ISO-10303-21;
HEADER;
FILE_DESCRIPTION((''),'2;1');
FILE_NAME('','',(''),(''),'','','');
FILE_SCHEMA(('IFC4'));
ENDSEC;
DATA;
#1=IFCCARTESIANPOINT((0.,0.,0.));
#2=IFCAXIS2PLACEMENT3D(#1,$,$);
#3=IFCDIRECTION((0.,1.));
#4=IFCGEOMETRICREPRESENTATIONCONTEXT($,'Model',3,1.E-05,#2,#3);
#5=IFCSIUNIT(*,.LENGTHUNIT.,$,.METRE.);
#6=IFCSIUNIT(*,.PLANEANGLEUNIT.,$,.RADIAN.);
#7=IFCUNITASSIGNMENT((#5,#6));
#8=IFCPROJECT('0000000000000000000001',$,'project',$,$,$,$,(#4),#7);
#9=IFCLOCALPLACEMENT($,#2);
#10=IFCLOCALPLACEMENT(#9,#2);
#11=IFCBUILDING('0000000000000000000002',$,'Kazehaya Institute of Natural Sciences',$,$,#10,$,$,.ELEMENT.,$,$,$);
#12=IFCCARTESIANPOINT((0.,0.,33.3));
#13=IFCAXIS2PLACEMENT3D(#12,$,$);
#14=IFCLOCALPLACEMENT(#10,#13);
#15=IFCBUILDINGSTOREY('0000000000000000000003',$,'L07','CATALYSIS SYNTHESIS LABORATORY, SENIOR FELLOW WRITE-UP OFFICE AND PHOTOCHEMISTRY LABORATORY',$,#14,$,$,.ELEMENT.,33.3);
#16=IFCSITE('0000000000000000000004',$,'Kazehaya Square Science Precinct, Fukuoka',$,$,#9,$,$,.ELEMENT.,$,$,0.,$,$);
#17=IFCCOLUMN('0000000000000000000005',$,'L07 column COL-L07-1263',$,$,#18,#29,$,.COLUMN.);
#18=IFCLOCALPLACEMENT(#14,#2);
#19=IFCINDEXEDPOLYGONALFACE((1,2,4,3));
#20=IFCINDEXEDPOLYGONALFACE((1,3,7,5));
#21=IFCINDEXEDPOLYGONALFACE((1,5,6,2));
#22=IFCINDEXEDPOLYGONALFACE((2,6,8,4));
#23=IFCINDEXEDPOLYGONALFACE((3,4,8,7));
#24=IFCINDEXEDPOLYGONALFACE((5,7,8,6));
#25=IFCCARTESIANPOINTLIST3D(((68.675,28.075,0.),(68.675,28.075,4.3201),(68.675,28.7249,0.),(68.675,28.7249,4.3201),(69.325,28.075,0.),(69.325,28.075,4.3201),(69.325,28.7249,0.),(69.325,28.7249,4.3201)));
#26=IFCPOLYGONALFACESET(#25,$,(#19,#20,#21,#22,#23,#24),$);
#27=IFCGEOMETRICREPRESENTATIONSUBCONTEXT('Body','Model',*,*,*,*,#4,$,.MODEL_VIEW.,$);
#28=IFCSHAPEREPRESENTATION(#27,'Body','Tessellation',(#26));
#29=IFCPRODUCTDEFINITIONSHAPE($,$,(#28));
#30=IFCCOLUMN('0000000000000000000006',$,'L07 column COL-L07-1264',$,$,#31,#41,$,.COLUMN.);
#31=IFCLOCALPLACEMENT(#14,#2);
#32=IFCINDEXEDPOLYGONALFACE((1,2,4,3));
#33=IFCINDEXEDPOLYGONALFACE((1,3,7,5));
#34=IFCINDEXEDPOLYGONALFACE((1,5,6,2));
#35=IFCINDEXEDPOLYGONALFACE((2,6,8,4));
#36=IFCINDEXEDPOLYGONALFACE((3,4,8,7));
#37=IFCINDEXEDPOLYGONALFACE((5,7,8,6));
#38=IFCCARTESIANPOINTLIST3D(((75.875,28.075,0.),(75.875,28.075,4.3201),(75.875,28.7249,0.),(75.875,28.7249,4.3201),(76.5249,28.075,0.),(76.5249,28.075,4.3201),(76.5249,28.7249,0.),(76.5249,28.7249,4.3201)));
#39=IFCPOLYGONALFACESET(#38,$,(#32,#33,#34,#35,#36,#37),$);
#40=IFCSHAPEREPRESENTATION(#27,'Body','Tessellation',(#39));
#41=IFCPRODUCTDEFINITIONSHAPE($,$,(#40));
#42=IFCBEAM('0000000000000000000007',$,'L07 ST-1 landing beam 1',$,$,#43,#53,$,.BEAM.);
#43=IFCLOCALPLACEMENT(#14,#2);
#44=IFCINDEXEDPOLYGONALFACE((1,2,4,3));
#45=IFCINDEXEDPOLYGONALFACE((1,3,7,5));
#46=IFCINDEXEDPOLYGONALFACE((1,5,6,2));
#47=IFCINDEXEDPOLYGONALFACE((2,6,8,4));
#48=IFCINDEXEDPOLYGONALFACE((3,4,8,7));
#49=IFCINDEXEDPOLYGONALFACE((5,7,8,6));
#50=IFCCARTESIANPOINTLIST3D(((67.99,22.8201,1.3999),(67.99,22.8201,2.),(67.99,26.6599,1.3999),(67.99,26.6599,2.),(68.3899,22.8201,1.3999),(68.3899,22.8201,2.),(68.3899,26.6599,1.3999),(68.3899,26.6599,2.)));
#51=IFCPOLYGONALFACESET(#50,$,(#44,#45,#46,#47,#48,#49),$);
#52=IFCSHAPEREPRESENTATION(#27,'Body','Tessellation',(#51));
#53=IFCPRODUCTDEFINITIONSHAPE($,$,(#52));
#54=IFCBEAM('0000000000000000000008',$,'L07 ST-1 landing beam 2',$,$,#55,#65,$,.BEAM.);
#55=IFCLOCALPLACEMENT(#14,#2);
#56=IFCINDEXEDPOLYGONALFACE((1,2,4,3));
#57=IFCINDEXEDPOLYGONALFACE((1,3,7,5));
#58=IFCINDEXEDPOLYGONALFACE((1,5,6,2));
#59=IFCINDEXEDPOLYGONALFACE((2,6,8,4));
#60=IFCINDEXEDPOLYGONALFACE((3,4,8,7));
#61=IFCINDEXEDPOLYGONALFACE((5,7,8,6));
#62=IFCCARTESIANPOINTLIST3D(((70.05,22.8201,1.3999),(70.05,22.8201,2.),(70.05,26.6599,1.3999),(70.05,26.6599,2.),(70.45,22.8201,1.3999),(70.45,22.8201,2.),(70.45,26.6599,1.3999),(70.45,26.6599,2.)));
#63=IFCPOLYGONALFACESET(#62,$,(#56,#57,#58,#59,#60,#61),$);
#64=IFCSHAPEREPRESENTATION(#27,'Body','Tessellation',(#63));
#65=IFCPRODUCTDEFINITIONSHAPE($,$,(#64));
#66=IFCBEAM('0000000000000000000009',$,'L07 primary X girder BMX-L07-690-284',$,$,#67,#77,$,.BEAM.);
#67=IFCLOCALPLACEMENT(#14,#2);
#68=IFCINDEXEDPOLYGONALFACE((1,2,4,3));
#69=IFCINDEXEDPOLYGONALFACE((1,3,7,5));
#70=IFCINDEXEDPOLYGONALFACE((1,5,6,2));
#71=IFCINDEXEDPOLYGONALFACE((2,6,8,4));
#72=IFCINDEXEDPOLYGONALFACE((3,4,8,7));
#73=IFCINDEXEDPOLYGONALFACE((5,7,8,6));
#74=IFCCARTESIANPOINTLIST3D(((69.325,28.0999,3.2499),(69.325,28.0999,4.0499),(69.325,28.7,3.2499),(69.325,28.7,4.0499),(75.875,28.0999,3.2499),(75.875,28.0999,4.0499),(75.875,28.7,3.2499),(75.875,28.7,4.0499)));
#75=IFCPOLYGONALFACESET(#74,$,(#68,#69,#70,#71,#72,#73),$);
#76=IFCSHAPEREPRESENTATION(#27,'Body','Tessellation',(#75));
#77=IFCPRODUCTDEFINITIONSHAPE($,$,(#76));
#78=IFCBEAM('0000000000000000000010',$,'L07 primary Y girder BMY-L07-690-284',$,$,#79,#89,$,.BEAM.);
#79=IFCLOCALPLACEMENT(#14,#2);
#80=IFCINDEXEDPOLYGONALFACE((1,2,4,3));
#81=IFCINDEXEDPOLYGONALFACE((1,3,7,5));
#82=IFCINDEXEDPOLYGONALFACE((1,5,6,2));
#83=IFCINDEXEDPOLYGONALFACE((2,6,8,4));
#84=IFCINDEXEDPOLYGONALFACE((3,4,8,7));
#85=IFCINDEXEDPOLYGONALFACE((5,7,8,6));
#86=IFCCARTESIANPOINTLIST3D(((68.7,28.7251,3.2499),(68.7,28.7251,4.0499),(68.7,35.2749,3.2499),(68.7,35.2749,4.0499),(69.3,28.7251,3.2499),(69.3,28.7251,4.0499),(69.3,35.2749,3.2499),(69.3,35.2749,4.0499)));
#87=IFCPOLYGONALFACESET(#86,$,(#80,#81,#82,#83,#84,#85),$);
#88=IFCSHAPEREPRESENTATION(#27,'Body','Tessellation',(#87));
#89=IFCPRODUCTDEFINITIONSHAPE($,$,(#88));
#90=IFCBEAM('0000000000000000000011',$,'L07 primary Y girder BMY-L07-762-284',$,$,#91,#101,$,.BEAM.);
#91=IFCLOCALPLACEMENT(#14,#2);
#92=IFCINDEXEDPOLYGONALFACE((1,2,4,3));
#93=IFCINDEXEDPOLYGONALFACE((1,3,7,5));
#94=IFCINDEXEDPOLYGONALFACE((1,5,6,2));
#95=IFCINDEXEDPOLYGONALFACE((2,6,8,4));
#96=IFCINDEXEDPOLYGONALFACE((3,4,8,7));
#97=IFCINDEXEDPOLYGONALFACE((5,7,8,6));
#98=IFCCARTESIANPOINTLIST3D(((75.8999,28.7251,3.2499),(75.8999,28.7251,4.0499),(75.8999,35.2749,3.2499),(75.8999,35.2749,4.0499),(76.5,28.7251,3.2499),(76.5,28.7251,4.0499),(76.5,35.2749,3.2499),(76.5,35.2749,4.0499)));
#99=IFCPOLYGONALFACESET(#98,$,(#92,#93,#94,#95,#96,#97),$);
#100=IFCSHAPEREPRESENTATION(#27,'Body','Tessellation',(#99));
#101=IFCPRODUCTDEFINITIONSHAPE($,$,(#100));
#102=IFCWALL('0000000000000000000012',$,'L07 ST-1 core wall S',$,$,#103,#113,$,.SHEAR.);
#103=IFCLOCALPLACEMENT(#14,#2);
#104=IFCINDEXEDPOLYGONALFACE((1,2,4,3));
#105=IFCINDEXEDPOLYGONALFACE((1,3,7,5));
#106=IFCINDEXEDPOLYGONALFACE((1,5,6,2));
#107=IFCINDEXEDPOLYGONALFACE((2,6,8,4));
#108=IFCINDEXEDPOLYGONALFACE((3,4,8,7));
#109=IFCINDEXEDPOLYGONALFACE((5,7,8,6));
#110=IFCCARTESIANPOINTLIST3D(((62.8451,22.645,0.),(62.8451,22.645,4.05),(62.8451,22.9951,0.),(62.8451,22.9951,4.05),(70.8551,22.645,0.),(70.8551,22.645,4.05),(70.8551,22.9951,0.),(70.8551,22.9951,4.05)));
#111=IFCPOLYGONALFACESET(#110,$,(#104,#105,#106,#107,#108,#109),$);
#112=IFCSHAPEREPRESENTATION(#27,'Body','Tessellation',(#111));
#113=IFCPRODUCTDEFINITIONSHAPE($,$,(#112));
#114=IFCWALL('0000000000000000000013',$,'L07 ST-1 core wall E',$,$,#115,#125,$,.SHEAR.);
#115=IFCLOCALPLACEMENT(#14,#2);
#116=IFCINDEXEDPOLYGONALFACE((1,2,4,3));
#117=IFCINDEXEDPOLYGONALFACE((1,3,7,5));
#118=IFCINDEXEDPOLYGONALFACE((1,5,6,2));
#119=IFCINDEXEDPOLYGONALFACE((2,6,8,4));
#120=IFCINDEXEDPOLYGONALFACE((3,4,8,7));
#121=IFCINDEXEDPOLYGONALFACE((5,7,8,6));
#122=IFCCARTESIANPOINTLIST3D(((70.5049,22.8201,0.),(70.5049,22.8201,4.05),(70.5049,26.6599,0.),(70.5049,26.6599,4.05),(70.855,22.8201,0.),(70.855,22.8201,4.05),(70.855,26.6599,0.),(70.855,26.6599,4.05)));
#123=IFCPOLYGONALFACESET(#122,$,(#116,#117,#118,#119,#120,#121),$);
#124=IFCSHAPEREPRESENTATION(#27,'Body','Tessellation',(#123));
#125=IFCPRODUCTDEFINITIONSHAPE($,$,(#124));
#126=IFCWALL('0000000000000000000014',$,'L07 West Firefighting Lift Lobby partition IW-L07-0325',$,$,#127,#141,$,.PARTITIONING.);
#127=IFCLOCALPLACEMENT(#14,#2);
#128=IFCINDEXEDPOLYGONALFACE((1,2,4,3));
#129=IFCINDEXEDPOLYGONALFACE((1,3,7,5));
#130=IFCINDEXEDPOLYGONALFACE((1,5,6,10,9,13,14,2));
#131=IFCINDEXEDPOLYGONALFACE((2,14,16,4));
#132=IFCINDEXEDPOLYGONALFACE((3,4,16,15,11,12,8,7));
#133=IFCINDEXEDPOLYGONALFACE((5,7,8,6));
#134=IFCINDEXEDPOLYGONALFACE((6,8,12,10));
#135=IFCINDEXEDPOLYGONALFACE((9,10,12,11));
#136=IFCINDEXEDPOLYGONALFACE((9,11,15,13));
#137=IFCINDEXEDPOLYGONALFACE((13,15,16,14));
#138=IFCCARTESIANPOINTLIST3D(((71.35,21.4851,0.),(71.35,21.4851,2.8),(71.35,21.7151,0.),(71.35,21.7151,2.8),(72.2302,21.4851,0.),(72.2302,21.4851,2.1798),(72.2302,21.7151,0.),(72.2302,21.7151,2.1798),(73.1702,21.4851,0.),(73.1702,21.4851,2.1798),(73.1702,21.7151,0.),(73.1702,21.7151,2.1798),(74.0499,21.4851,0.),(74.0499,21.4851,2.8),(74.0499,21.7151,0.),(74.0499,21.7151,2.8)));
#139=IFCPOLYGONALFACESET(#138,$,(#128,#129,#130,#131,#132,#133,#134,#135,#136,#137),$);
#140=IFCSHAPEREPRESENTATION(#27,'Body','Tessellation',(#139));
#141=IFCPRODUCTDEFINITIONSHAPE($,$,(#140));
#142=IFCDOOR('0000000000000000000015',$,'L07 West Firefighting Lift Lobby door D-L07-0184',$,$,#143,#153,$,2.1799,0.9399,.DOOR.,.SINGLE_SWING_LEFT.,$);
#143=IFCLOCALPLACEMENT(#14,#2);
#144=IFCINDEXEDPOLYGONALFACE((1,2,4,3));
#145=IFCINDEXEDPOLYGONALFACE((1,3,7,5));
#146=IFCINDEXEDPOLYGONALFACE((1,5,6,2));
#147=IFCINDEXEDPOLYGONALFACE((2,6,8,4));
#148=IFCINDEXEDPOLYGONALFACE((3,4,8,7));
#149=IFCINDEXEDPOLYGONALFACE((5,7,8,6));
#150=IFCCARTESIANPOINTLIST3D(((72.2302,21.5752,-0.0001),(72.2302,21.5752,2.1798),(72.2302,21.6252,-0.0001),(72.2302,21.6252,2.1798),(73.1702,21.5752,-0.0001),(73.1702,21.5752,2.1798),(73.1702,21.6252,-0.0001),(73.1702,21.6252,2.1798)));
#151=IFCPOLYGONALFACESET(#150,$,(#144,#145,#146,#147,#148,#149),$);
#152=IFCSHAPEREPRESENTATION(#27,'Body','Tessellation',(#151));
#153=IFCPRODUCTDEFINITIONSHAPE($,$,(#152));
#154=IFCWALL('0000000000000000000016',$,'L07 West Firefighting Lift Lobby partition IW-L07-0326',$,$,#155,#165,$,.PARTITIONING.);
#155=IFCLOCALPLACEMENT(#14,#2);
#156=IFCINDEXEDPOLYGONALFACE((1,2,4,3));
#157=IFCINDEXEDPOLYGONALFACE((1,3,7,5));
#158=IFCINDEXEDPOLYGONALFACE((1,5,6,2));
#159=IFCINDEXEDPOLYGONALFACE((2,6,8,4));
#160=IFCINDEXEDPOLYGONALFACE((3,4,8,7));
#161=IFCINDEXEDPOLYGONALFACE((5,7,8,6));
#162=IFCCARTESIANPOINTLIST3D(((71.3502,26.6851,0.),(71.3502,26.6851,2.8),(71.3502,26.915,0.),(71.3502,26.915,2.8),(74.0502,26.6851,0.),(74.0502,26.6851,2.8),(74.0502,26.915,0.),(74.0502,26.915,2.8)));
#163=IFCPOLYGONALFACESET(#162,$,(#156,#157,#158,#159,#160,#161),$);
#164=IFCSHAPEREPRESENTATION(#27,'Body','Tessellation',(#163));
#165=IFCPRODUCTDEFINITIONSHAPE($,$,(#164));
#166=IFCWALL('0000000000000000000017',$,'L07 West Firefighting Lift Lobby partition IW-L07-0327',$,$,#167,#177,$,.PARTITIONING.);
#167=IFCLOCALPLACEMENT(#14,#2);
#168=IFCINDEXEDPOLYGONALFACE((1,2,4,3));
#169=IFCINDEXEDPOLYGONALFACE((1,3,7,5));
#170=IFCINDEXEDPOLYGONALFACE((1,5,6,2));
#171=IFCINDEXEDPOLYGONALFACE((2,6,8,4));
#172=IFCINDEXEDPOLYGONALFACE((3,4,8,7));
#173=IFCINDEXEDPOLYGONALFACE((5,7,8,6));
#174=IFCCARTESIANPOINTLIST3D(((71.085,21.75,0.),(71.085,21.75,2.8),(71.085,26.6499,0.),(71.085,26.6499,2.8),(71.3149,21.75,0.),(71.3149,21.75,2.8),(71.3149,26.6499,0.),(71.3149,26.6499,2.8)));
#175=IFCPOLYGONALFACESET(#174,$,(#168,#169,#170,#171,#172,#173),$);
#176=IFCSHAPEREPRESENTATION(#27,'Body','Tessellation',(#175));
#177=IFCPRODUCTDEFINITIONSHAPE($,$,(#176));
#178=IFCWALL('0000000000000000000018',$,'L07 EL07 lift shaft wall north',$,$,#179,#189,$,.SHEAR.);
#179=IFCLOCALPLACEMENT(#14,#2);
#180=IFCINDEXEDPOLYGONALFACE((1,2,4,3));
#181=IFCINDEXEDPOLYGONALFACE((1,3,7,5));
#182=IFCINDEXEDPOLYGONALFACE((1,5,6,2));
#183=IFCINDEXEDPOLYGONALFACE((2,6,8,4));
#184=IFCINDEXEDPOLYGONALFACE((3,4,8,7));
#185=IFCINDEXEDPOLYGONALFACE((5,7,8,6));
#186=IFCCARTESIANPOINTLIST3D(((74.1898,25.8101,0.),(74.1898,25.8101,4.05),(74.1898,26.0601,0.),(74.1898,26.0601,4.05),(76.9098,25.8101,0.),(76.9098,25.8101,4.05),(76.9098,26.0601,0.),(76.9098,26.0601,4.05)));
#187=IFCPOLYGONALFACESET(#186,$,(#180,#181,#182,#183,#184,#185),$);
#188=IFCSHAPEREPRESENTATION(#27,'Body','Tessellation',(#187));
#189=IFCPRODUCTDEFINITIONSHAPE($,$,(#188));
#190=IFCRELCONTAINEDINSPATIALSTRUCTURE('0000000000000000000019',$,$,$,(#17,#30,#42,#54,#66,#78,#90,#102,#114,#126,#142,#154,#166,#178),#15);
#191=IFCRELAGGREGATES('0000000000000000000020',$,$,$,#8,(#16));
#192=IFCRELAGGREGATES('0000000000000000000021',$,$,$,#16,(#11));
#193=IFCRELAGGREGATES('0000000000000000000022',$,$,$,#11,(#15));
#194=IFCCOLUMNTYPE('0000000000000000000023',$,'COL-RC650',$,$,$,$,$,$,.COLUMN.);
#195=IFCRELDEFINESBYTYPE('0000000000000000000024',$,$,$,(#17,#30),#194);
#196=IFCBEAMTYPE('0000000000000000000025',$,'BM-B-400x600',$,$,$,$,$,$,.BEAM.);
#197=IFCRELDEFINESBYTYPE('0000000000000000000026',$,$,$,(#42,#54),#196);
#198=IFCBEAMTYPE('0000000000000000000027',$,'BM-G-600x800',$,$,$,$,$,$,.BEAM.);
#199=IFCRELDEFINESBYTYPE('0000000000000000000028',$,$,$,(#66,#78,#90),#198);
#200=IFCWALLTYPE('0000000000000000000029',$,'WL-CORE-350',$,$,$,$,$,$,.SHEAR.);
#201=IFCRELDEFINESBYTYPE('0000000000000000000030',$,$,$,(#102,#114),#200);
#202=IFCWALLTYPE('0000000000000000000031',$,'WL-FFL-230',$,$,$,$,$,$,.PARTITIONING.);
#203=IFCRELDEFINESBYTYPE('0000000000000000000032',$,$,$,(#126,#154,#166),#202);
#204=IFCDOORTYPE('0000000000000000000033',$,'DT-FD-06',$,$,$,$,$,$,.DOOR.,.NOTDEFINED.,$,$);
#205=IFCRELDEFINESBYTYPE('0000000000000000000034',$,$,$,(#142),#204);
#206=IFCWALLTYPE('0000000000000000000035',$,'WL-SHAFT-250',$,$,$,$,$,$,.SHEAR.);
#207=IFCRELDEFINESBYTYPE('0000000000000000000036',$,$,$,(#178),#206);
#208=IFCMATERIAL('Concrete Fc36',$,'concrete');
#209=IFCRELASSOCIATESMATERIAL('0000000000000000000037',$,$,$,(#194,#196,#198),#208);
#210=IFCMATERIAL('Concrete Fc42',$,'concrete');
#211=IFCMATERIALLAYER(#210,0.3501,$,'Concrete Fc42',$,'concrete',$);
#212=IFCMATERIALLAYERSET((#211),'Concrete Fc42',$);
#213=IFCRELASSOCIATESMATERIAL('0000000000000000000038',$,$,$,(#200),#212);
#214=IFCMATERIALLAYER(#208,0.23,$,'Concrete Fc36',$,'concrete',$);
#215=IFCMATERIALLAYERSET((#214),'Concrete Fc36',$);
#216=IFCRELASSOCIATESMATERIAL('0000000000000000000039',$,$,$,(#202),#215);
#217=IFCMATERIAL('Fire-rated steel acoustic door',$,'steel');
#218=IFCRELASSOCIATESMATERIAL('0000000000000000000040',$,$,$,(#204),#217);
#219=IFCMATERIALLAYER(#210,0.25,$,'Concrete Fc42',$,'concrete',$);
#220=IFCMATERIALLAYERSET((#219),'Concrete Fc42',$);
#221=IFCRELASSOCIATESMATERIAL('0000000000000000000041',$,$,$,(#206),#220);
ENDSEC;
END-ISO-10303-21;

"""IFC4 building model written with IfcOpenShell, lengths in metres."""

from ifc_helpers import new_model, si_unit, direction, frame, frame_2d, origin, origin_2d, place, context, subcontext, project, spatial, rectangle, extrude, material, layer, layer_set, material_profile, profile_set, type_object, element, fill, save


model = new_model("IFC4")

# Units and contexts
model_context = context("Model", 3, precision=1e-05, world=origin(), true_north=direction((0.0, 1.0)))
body_context = subcontext(model_context, "Body", "Model", "MODEL_VIEW")
ifc_project = project(units=[si_unit("LENGTHUNIT", "METRE"), si_unit("PLANEANGLEUNIT", "RADIAN")], contexts=[model_context])

# Site, building, storey
site_placement = place(None, origin())
site = spatial("IfcSite", under=ifc_project, at=site_placement, Name="Kazehaya Square Science Precinct, Fukuoka", CompositionType="ELEMENT", RefElevation=0.0)
building_placement = place(site_placement, origin())
building = spatial("IfcBuilding", under=site, at=building_placement, Name="Kazehaya Institute of Natural Sciences", CompositionType="ELEMENT")
storey_placement = place(building_placement, frame((0.0, 0.0, 33.3)))
storey = spatial("IfcBuildingStorey", under=building, at=storey_placement, Name="L07", Description="CATALYSIS SYNTHESIS LABORATORY, SENIOR FELLOW WRITE-UP OFFICE AND PHOTOCHEMISTRY LABORATORY", CompositionType="ELEMENT", Elevation=33.3)

# Columns
ifc_material_1 = material(Name="Concrete Fc36", Category="concrete")
ifc_material_profile_1 = material_profile(ifc_material_1, rectangle(XDim=0.6499, YDim=0.6499, at=origin_2d()), Name="RC-650x650")
ifc_profile_set_1 = profile_set([ifc_material_profile_1], Name="Concrete Fc36")
column_type = type_object("IfcColumnType", Name="COL-RC650", PredefinedType="COLUMN", material=ifc_profile_set_1)
for number, where, z_axis, x_axis, name in (
    (1, (69.0, 28.3999, 0.0), (0.0, 0.0, 1.0), (1.0, 0.0, 0.0), "L07 column COL-L07-1263"),
    (2, (76.2, 28.3999, 0.0), (0.0, 0.0, 1.0), (1.0, 0.0, 0.0), "L07 column COL-L07-1264"),
):
    element("IfcColumn", number, at=place(storey_placement, frame(where, z_axis=z_axis, x_axis=x_axis)), inside=storey, type_object=column_type, Name=name, PredefinedType="COLUMN", context=body_context, shape_type="SweptSolid", body=[
        extrude(rectangle(XDim=0.6499, YDim=0.6499, at=origin_2d()), origin(), (0.0, 0.0, 1.0), 4.3201),
    ])

# Beams
ifc_material_profile_2 = material_profile(ifc_material_1, rectangle(XDim=0.3999, YDim=0.6001, at=origin_2d()), Name="RC-400x600")
ifc_profile_set_2 = profile_set([ifc_material_profile_2], Name="Concrete Fc36")
beam_type_1 = type_object("IfcBeamType", Name="BM-B-400x600", PredefinedType="BEAM", material=ifc_profile_set_2)
for number, where, z_axis, x_axis, name in (
    (3, (68.1899, 22.8201, 1.7), (0.0, 1.0, 0.0), (-1.0, 0.0, 0.0), "L07 ST-1 landing beam 1"),
    (4, (70.25, 22.8201, 1.7), (0.0, 1.0, 0.0), (-1.0, 0.0, 0.0), "L07 ST-1 landing beam 2"),
):
    element("IfcBeam", number, at=place(storey_placement, frame(where, z_axis=z_axis, x_axis=x_axis)), inside=storey, type_object=beam_type_1, Name=name, PredefinedType="BEAM", context=body_context, shape_type="SweptSolid", body=[
        extrude(rectangle(XDim=0.3999, YDim=0.6001, at=origin_2d()), origin(), (0.0, 0.0, 1.0), 3.8398),
    ])
ifc_material_profile_3 = material_profile(ifc_material_1, rectangle(XDim=0.6001, YDim=0.8, at=origin_2d()), Name="RC-600x800")
ifc_profile_set_3 = profile_set([ifc_material_profile_3], Name="Concrete Fc36")
beam_type_2 = type_object("IfcBeamType", Name="BM-G-600x800", PredefinedType="BEAM", material=ifc_profile_set_3)
beam_placement = place(storey_placement, frame((69.325, 28.3999, 3.6499), z_axis=(1.0, 0.0, 0.0), x_axis=(0.0, 1.0, 0.0)))
element("IfcBeam", 5, at=beam_placement, inside=storey, type_object=beam_type_2, Name="L07 primary X girder BMX-L07-690-284", PredefinedType="BEAM", context=body_context, shape_type="SweptSolid", body=[
    extrude(rectangle(XDim=0.6001, YDim=0.8, at=origin_2d()), origin(), (0.0, 0.0, 1.0), 6.55),
])
for number, where, z_axis, x_axis, name in (
    (6, (69.0, 28.7251, 3.6499), (0.0, 1.0, 0.0), (-1.0, 0.0, 0.0), "L07 primary Y girder BMY-L07-690-284"),
    (7, (76.2, 28.7251, 3.6499), (0.0, 1.0, 0.0), (-1.0, 0.0, 0.0), "L07 primary Y girder BMY-L07-762-284"),
):
    element("IfcBeam", number, at=place(storey_placement, frame(where, z_axis=z_axis, x_axis=x_axis)), inside=storey, type_object=beam_type_2, Name=name, PredefinedType="BEAM", context=body_context, shape_type="SweptSolid", body=[
        extrude(rectangle(XDim=0.6001, YDim=0.8, at=origin_2d()), origin(), (0.0, 0.0, 1.0), 6.5498),
    ])

# Walls
ifc_material_2 = material(Name="Concrete Fc42", Category="concrete")
ifc_layer_1 = layer(ifc_material_2, 0.3501, Name="Concrete Fc42", Category="concrete")
ifc_layer_set_1 = layer_set([ifc_layer_1], Name="Concrete Fc42")
wall_type_1 = type_object("IfcWallType", Name="WL-CORE-350", PredefinedType="SHEAR", material=ifc_layer_set_1)
wall_1_placement = place(storey_placement, frame((70.855, 22.8201, 0.0), z_axis=(0.0, 0.0, 1.0), x_axis=(-1.0, 0.0, 0.0)))
element("IfcWall", 8, at=wall_1_placement, inside=storey, type_object=wall_type_1, Name="L07 ST-1 core wall S", PredefinedType="SHEAR", context=body_context, shape_type="SweptSolid", body=[
    extrude(rectangle(XDim=8.01, YDim=0.3501, at=frame_2d((4.0049, 0.0))), origin(), (0.0, 0.0, 1.0), 4.05),
])
wall_2_placement = place(storey_placement, frame((70.6799, 26.6599, 0.0), z_axis=(0.0, 0.0, 1.0), x_axis=(0.0, -1.0, 0.0)))
element("IfcWall", 9, at=wall_2_placement, inside=storey, type_object=wall_type_1, Name="L07 ST-1 core wall E", PredefinedType="SHEAR", context=body_context, shape_type="SweptSolid", body=[
    extrude(rectangle(XDim=3.8398, YDim=0.3501, at=frame_2d((1.9199, 0.0))), origin(), (0.0, 0.0, 1.0), 4.05),
])

# Wall, opening, door
ifc_layer_2 = layer(ifc_material_1, 0.23, Name="Concrete Fc36", Category="concrete")
ifc_layer_set_2 = layer_set([ifc_layer_2], Name="Concrete Fc36")
wall_type_2 = type_object("IfcWallType", Name="WL-FFL-230", PredefinedType="PARTITIONING", material=ifc_layer_set_2)
wall_3_placement = place(storey_placement, frame((74.05, 21.6001, 0.0), z_axis=(0.0, 0.0, 1.0), x_axis=(-1.0, 0.0, 0.0)))
wall_3 = element("IfcWall", 10, at=wall_3_placement, inside=storey, type_object=wall_type_2, Name="L07 West Firefighting Lift Lobby partition IW-L07-0325", PredefinedType="PARTITIONING", context=body_context, shape_type="SweptSolid", body=[
    extrude(rectangle(XDim=2.7, YDim=0.23, at=frame_2d((1.3501, 0.0))), origin(), (0.0, 0.0, 1.0), 2.8),
])
opening_1_placement = place(wall_3_placement, frame((0.8799, 0.0, 0.0)))
opening_1 = element("IfcOpeningElement", 11, at=opening_1_placement, cuts=wall_3, PredefinedType="OPENING", context=body_context, shape_type="SweptSolid", body=[
    extrude(rectangle(XDim=0.9399, YDim=2.1799, at=frame_2d((0.47, 1.0898))), frame((0.0, 0.125, 0.0), z_axis=(0.0, -1.0, 0.0), x_axis=(1.0, 0.0, 0.0)), (0.0, 0.0, 1.0), 0.25),
])
ifc_material_3 = material(Name="Fire-rated steel acoustic door", Category="steel")
door_type_1 = type_object("IfcDoorType", Name="DT-FD-06", OperationType="NOTDEFINED", PredefinedType="DOOR", material=ifc_material_3)
door_1_placement = place(opening_1_placement, origin())
door_1 = element("IfcDoor", 12, at=door_1_placement, inside=storey, type_object=door_type_1, Name="L07 West Firefighting Lift Lobby door D-L07-0184", OperationType="SINGLE_SWING_LEFT", OverallHeight=2.1799, OverallWidth=0.9399, PredefinedType="DOOR", context=body_context, shape_type="SweptSolid", body=[
    extrude(rectangle(XDim=0.9399, YDim=2.1799, at=frame_2d((0.47, 1.0898))), frame((0.0, 0.0249, 0.0), z_axis=(0.0, -1.0, 0.0), x_axis=(1.0, 0.0, 0.0)), (0.0, 0.0, 1.0), 0.05),
])
fill(opening_1, door_1)

# Walls
wall_4_placement = place(storey_placement, frame((71.3501, 26.8, 0.0), z_axis=(0.0, 0.0, 1.0), x_axis=(1.0, 0.0, 0.0)))
element("IfcWall", 13, at=wall_4_placement, inside=storey, type_object=wall_type_2, Name="L07 West Firefighting Lift Lobby partition IW-L07-0326", PredefinedType="PARTITIONING", context=body_context, shape_type="SweptSolid", body=[
    extrude(rectangle(XDim=2.7, YDim=0.23, at=frame_2d((1.3501, 0.0))), origin(), (0.0, 0.0, 1.0), 2.8),
])
wall_5_placement = place(storey_placement, frame((71.2, 21.75, 0.0), z_axis=(0.0, 0.0, 1.0), x_axis=(0.0, 1.0, 0.0)))
element("IfcWall", 14, at=wall_5_placement, inside=storey, type_object=wall_type_2, Name="L07 West Firefighting Lift Lobby partition IW-L07-0327", PredefinedType="PARTITIONING", context=body_context, shape_type="SweptSolid", body=[
    extrude(rectangle(XDim=4.8999, YDim=0.23, at=frame_2d((2.45, 0.0))), origin(), (0.0, 0.0, 1.0), 2.8),
])
ifc_layer_3 = layer(ifc_material_2, 0.25, Name="Concrete Fc42", Category="concrete")
ifc_layer_set_3 = layer_set([ifc_layer_3], Name="Concrete Fc42")
wall_type_3 = type_object("IfcWallType", Name="WL-SHAFT-250", PredefinedType="SHEAR", material=ifc_layer_set_3)
wall_6_placement = place(storey_placement, frame((74.1899, 25.9351, 0.0), z_axis=(0.0, 0.0, 1.0), x_axis=(1.0, 0.0, 0.0)))
element("IfcWall", 15, at=wall_6_placement, inside=storey, type_object=wall_type_3, Name="L07 EL07 lift shaft wall north", PredefinedType="SHEAR", context=body_context, shape_type="SweptSolid", body=[
    extrude(rectangle(XDim=2.72, YDim=0.25, at=frame_2d((1.3599, 0.0))), origin(), (0.0, 0.0, 1.0), 4.05),
])

save(model, "model.ifc")
